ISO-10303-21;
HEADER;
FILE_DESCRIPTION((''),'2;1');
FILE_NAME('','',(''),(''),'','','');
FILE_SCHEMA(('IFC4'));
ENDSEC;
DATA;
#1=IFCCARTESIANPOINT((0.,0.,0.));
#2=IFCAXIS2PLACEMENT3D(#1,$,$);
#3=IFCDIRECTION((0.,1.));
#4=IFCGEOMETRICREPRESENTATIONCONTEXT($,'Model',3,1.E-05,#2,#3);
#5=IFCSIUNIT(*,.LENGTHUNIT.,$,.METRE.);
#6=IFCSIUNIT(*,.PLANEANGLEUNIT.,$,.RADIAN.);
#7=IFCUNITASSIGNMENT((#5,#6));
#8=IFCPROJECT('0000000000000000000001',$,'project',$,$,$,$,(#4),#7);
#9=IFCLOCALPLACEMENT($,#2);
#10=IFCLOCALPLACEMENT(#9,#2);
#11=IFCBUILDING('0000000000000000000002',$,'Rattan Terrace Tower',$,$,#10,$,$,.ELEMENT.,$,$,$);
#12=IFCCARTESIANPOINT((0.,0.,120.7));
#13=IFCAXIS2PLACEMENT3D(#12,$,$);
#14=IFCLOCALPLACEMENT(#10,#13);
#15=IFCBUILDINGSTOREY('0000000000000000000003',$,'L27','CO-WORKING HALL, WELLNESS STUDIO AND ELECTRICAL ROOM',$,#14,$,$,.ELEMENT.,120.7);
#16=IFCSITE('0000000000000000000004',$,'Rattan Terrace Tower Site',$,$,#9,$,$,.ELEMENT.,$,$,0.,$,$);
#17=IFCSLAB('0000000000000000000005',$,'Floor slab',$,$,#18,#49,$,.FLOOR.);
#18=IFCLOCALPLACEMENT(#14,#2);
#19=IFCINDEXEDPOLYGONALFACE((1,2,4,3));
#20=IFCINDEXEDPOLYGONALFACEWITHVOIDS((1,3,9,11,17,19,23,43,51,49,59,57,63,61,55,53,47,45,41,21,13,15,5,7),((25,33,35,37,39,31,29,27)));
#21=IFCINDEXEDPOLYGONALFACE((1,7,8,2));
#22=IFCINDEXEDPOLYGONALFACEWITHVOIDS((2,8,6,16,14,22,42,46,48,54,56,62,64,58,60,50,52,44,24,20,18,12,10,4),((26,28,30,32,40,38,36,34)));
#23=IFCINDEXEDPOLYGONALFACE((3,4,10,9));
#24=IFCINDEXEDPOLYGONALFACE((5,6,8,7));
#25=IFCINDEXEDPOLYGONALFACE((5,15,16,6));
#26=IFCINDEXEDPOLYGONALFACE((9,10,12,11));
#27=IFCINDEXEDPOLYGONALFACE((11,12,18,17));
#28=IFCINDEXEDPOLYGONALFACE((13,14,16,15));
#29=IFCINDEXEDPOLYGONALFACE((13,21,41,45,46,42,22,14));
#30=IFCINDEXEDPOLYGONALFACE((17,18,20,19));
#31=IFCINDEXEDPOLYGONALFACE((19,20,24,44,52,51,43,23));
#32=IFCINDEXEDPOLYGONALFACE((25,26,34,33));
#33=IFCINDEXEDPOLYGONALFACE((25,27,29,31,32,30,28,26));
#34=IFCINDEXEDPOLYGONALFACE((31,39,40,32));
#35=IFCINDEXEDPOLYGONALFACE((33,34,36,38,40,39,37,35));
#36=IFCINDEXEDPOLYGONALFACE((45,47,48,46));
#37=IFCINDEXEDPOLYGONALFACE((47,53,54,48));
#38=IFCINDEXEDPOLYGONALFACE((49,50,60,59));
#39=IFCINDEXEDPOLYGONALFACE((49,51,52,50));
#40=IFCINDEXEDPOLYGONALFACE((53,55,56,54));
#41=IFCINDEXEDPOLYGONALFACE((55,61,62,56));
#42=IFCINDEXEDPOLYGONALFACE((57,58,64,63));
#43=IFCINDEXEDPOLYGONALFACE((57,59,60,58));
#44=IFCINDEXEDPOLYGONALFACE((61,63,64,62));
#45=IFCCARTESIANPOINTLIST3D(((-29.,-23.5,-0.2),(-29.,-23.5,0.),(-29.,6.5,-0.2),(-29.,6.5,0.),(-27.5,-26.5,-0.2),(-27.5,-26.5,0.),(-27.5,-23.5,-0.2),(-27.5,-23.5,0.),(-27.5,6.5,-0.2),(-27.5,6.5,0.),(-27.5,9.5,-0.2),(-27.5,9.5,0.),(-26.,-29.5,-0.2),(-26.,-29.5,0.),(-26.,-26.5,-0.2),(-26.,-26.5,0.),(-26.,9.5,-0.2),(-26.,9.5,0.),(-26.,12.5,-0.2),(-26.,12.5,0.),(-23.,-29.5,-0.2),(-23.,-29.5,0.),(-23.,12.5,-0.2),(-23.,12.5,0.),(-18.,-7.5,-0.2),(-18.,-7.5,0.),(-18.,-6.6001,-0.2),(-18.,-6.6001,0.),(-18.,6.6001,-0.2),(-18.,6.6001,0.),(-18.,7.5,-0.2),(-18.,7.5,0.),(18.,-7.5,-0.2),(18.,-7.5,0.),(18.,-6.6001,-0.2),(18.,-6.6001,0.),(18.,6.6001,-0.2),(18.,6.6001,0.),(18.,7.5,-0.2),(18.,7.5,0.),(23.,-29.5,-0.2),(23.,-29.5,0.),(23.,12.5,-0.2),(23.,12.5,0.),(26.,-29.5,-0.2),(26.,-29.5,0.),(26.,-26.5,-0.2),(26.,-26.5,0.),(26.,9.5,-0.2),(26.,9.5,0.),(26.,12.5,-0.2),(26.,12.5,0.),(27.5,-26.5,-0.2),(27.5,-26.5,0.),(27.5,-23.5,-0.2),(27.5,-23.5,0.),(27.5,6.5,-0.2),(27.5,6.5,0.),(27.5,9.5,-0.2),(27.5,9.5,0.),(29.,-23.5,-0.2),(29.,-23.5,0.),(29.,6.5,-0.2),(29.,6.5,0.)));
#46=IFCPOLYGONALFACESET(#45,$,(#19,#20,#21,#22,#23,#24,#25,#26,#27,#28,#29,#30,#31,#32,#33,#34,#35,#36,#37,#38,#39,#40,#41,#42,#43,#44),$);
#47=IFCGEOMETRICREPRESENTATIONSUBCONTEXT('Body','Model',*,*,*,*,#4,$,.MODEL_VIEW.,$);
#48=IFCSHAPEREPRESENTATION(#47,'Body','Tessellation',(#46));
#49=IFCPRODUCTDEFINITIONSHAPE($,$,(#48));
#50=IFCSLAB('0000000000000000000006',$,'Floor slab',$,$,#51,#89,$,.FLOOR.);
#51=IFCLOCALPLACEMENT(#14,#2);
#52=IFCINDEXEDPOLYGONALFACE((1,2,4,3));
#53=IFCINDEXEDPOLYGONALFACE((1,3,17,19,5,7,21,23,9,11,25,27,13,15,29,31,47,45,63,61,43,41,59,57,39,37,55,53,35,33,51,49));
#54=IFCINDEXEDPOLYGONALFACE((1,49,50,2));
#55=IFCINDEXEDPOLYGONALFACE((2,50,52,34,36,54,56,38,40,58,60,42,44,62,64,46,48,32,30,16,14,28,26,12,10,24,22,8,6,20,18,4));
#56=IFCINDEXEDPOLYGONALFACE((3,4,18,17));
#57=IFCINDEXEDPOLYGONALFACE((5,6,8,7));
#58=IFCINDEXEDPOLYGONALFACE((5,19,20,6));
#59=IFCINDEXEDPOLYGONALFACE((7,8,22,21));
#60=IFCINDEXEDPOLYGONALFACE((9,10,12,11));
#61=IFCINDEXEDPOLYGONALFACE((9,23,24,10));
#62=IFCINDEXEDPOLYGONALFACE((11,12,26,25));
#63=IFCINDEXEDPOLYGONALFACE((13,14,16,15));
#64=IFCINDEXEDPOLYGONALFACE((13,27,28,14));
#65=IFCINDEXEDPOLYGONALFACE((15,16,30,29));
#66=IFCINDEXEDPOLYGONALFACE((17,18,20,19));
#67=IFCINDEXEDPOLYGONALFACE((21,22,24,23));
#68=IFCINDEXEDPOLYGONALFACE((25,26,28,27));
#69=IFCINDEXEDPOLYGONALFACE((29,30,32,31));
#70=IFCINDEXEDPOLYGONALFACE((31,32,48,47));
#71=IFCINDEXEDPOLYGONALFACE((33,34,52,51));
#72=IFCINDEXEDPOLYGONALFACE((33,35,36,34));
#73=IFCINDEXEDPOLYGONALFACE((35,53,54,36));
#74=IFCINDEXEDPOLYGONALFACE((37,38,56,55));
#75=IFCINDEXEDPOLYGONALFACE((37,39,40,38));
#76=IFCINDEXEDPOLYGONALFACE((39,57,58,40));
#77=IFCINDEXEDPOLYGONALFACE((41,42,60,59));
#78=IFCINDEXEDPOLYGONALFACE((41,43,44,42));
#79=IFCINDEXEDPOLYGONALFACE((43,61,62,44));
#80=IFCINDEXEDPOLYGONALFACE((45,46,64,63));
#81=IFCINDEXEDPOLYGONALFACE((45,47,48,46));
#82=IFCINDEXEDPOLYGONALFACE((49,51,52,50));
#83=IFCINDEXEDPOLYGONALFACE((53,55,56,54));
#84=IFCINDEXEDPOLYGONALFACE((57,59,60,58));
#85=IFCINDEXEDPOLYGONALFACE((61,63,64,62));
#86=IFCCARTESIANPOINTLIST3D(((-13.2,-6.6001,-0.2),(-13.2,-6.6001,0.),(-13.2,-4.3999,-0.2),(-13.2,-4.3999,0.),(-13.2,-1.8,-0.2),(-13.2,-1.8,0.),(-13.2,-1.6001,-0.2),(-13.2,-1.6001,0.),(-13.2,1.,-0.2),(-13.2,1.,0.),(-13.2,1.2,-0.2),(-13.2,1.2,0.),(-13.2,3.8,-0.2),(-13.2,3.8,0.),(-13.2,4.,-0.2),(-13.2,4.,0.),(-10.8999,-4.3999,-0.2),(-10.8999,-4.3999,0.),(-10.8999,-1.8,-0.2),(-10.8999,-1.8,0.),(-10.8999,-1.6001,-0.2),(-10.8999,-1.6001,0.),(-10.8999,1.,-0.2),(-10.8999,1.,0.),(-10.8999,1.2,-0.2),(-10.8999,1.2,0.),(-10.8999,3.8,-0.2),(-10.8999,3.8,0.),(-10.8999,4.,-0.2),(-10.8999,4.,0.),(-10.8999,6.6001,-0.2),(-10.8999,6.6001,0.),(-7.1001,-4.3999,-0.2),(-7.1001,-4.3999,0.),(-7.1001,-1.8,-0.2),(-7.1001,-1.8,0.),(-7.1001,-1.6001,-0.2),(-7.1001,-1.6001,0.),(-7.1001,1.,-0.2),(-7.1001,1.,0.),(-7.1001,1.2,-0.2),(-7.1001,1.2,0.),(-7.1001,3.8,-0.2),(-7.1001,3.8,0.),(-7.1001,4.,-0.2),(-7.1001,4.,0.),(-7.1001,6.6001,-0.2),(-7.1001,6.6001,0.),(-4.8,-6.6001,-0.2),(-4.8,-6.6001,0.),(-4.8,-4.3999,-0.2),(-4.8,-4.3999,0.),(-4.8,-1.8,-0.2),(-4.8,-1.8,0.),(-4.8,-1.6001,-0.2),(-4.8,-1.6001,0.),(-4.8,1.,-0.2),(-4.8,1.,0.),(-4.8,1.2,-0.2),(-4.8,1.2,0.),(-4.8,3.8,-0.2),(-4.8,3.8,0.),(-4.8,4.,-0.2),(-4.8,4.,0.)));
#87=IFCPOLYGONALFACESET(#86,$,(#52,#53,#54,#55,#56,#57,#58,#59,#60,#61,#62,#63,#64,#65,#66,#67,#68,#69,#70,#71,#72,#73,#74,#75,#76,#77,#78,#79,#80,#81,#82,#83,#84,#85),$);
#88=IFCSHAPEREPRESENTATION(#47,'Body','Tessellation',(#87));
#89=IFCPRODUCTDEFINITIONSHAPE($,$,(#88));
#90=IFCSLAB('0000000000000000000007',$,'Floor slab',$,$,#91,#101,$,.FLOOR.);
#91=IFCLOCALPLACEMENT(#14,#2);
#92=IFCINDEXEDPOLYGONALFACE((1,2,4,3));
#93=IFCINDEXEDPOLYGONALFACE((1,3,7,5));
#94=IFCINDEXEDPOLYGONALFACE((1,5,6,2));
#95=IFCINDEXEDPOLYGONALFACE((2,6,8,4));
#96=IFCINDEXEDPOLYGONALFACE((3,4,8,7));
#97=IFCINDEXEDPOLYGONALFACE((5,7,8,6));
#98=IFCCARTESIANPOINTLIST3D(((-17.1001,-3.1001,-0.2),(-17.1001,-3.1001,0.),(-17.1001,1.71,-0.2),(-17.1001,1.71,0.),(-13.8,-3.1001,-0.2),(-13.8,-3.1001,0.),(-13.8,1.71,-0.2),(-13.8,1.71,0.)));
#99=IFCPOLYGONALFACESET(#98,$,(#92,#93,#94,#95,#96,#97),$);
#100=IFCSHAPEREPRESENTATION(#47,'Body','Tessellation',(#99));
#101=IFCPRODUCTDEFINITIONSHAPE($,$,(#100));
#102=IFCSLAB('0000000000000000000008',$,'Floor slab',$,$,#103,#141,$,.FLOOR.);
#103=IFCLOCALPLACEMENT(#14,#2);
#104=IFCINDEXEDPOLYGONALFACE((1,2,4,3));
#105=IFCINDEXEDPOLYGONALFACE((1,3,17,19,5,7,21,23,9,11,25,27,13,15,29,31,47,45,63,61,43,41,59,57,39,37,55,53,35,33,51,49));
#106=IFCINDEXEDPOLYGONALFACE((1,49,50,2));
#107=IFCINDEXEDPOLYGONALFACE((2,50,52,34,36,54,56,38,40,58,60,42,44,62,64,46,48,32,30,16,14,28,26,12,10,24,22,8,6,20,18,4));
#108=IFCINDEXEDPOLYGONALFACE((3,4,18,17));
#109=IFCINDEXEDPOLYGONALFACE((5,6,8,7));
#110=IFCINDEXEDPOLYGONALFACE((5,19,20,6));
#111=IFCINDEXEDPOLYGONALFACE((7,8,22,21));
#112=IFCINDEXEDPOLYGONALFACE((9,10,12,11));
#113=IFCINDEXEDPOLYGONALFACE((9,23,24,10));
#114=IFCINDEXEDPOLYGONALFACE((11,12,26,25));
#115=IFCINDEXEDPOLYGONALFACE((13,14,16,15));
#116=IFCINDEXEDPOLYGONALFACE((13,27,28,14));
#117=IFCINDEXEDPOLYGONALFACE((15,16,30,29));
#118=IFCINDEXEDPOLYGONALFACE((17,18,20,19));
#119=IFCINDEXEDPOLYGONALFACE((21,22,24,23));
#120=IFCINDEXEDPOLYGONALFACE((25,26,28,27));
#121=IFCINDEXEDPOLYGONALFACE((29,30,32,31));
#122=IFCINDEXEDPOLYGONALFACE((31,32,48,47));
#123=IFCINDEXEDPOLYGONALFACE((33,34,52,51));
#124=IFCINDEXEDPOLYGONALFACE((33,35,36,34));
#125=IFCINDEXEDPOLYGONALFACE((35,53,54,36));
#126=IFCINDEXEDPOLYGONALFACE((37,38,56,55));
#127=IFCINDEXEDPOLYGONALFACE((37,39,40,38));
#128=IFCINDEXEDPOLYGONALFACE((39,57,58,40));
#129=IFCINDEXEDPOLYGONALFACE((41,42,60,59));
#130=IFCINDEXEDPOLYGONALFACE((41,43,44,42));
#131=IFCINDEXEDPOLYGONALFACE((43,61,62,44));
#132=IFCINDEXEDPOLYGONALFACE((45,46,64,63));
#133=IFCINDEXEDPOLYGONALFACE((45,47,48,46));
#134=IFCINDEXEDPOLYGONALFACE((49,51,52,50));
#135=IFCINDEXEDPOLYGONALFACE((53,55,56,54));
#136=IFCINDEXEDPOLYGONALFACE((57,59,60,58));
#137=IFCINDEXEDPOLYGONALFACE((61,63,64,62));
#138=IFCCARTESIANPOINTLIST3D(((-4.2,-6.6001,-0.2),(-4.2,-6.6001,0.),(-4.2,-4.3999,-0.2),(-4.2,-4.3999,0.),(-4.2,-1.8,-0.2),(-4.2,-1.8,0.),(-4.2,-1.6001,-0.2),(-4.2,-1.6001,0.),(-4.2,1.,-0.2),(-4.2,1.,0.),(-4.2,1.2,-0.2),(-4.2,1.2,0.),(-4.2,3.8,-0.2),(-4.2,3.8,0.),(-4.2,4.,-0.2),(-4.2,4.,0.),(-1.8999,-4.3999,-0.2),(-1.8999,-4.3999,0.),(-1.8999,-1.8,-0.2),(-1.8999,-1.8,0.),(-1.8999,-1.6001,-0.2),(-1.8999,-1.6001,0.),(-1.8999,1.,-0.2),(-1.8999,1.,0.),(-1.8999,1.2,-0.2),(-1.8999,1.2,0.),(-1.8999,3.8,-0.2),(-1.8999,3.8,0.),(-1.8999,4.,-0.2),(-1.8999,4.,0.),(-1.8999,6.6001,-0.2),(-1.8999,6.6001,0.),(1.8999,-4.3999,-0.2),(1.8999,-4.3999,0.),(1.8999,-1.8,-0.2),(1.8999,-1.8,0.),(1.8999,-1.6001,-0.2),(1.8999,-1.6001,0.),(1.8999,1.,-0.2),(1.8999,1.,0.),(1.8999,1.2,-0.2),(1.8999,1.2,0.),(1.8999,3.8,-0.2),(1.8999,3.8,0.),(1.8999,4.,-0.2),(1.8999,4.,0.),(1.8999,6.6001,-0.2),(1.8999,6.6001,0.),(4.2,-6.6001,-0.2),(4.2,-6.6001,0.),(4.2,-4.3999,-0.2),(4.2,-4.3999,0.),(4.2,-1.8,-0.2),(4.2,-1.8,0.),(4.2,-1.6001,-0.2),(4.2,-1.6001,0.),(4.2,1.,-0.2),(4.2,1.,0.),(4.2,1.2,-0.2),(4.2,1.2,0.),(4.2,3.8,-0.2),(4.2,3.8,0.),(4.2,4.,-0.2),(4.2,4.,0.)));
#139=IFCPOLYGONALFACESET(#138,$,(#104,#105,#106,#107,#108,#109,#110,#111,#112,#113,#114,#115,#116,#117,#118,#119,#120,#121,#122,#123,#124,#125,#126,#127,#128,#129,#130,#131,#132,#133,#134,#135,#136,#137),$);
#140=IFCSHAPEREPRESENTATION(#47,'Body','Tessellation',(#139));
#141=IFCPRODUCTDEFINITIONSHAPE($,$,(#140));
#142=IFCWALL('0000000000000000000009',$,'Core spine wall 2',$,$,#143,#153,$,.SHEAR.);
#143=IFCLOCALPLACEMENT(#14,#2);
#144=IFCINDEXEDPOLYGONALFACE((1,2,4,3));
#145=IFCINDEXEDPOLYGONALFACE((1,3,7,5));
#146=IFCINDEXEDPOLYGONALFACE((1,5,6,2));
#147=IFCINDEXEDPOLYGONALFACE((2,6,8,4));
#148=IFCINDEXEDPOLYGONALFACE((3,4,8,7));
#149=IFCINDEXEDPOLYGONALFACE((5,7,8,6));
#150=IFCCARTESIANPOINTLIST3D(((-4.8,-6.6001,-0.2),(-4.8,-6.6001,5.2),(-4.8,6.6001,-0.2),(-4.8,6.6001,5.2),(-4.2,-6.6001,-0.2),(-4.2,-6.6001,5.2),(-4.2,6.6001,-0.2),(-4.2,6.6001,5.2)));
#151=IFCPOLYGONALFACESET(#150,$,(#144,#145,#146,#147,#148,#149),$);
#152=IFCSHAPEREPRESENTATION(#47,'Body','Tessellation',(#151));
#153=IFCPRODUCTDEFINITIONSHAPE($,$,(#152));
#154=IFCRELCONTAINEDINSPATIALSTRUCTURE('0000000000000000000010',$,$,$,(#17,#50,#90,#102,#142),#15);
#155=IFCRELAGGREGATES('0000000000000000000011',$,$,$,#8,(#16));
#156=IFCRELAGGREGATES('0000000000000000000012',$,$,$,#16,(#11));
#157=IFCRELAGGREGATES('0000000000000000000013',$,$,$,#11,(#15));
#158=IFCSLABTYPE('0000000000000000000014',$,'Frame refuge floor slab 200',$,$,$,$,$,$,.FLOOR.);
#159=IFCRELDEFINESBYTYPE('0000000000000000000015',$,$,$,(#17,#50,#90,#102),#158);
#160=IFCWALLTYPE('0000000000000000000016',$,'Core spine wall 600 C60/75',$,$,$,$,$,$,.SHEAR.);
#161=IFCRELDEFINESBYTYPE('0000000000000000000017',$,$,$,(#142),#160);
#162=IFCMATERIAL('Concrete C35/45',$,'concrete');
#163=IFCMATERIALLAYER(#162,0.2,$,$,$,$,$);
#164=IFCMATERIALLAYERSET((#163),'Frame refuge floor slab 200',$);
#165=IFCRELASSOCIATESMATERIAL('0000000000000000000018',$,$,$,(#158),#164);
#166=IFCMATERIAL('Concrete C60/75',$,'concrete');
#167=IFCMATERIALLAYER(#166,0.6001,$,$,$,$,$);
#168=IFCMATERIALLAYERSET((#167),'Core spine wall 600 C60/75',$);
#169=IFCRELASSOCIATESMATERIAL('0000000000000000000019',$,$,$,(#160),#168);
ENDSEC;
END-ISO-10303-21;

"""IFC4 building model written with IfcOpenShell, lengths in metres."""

from ifc_helpers import new_model, si_unit, direction, frame, frame_2d, origin, place, context, subcontext, project, spatial, polyline, rectangle, outline, extrude, material, layer, layer_set, type_object, element, save


model = new_model("IFC4")

# Units and contexts
model_context = context("Model", 3, precision=1e-05, world=origin(), true_north=direction((0.0, 1.0)))
body_context = subcontext(model_context, "Body", "Model", "MODEL_VIEW")
ifc_project = project(units=[si_unit("LENGTHUNIT", "METRE"), si_unit("PLANEANGLEUNIT", "RADIAN")], contexts=[model_context])

# Site, building, storey
site_placement = place(None, origin())
site = spatial("IfcSite", under=ifc_project, at=site_placement, Name="Rattan Terrace Tower Site", CompositionType="ELEMENT", RefElevation=0.0)
building_placement = place(site_placement, origin())
building = spatial("IfcBuilding", under=site, at=building_placement, Name="Rattan Terrace Tower", CompositionType="ELEMENT")
storey_placement = place(building_placement, frame((0.0, 0.0, 120.7)))
storey = spatial("IfcBuildingStorey", under=building, at=storey_placement, Name="L27", Description="CO-WORKING HALL, WELLNESS STUDIO AND ELECTRICAL ROOM", CompositionType="ELEMENT", Elevation=120.7)

# Slabs
ifc_material_1 = material(Name="Concrete C35/45", Category="concrete")
ifc_layer_1 = layer(ifc_material_1, 0.2)
ifc_layer_set_1 = layer_set([ifc_layer_1], Name="Frame refuge floor slab 200")
slab_type = type_object("IfcSlabType", Name="Frame refuge floor slab 200", PredefinedType="FLOOR", material=ifc_layer_set_1)
slab_1_placement = place(storey_placement, frame((0.0, 0.0, -0.2)))
element("IfcSlab", 1, at=slab_1_placement, inside=storey, type_object=slab_type, Name="Floor slab", PredefinedType="FLOOR", context=body_context, shape_type="SweptSolid", body=[
    extrude(outline(polyline([(-23.0, -29.5), (23.0, -29.5), (26.0, -29.5), (26.0, -26.5), (27.5, -26.5), (27.5, -23.5), (29.0, -23.5), (29.0, 6.5), (27.5, 6.5), (27.5, 9.5), (26.0, 9.5), (26.0, 12.5), (23.0, 12.5), (-23.0, 12.5), (-26.0, 12.5), (-26.0, 9.5), (-27.5, 9.5), (-27.5, 6.5), (-29.0, 6.5), (-29.0, -23.5), (-27.5, -23.5), (-27.5, -26.5), (-26.0, -26.5), (-26.0, -29.5), (-23.0, -29.5)]), holes=[polyline([(-18.0, -6.6001), (-18.0, -7.5), (18.0, -7.5), (18.0, -6.6001), (18.0, 6.6001), (18.0, 7.5), (-18.0, 7.5), (-18.0, 6.6001), (-18.0, -6.6001)])]), origin(), (0.0, 0.0, 1.0), 0.2),
])
slab_2_placement = place(storey_placement, frame((0.0, 0.0, -0.2)))
element("IfcSlab", 2, at=slab_2_placement, inside=storey, type_object=slab_type, Name="Floor slab", PredefinedType="FLOOR", context=body_context, shape_type="SweptSolid", body=[
    extrude(outline(polyline([(-10.8999, 6.6001), (-10.8999, 4.0), (-13.2, 4.0), (-13.2, 3.8), (-10.8999, 3.8), (-10.8999, 1.2), (-13.2, 1.2), (-13.2, 1.0), (-10.8999, 1.0), (-10.8999, -1.6001), (-13.2, -1.6001), (-13.2, -1.8), (-10.8999, -1.8), (-10.8999, -4.3999), (-13.2, -4.3999), (-13.2, -6.6001), (-4.8, -6.6001), (-4.8, -4.3999), (-7.1001, -4.3999), (-7.1001, -1.8), (-4.8, -1.8), (-4.8, -1.6001), (-7.1001, -1.6001), (-7.1001, 1.0), (-4.8, 1.0), (-4.8, 1.2), (-7.1001, 1.2), (-7.1001, 3.8), (-4.8, 3.8), (-4.8, 4.0), (-7.1001, 4.0), (-7.1001, 6.6001), (-10.8999, 6.6001)])), origin(), (0.0, 0.0, 1.0), 0.2),
])
slab_3_placement = place(storey_placement, frame((0.0, 0.0, -0.2)))
element("IfcSlab", 3, at=slab_3_placement, inside=storey, type_object=slab_type, Name="Floor slab", PredefinedType="FLOOR", context=body_context, shape_type="SweptSolid", body=[
    extrude(outline(polyline([(-17.1001, -3.1001), (-13.8, -3.1001), (-13.8, 1.71), (-17.1001, 1.71), (-17.1001, -3.1001)])), origin(), (0.0, 0.0, 1.0), 0.2),
])
slab_4_placement = place(storey_placement, frame((0.0, 0.0, -0.2)))
element("IfcSlab", 4, at=slab_4_placement, inside=storey, type_object=slab_type, Name="Floor slab", PredefinedType="FLOOR", context=body_context, shape_type="SweptSolid", body=[
    extrude(outline(polyline([(-4.2, 4.0), (-4.2, 3.8), (-1.8999, 3.8), (-1.8999, 1.2), (-4.2, 1.2), (-4.2, 1.0), (-1.8999, 1.0), (-1.8999, -1.6001), (-4.2, -1.6001), (-4.2, -1.8), (-1.8999, -1.8), (-1.8999, -4.3999), (-4.2, -4.3999), (-4.2, -6.6001), (4.2, -6.6001), (4.2, -4.3999), (1.8999, -4.3999), (1.8999, -1.8), (4.2, -1.8), (4.2, -1.6001), (1.8999, -1.6001), (1.8999, 1.0), (4.2, 1.0), (4.2, 1.2), (1.8999, 1.2), (1.8999, 3.8), (4.2, 3.8), (4.2, 4.0), (1.8999, 4.0), (1.8999, 6.6001), (-1.8999, 6.6001), (-1.8999, 4.0), (-4.2, 4.0)])), origin(), (0.0, 0.0, 1.0), 0.2),
])

# Wall
ifc_material_2 = material(Name="Concrete C60/75", Category="concrete")
ifc_layer_2 = layer(ifc_material_2, 0.6001)
ifc_layer_set_2 = layer_set([ifc_layer_2], Name="Core spine wall 600 C60/75")
wall_type_1 = type_object("IfcWallType", Name="Core spine wall 600 C60/75", PredefinedType="SHEAR", material=ifc_layer_set_2)
wall_1_placement = place(storey_placement, frame((-4.5, -6.6001, -0.2), z_axis=(0.0, 0.0, 1.0), x_axis=(0.0, 1.0, 0.0)))
element("IfcWall", 5, at=wall_1_placement, inside=storey, type_object=wall_type_1, Name="Core spine wall 2", PredefinedType="SHEAR", context=body_context, shape_type="SweptSolid", body=[
    extrude(rectangle(XDim=13.2002, YDim=0.6001, at=frame_2d((6.6001, 0.0))), origin(), (0.0, 0.0, 1.0), 5.3999),
])

save(model, "model.ifc")
